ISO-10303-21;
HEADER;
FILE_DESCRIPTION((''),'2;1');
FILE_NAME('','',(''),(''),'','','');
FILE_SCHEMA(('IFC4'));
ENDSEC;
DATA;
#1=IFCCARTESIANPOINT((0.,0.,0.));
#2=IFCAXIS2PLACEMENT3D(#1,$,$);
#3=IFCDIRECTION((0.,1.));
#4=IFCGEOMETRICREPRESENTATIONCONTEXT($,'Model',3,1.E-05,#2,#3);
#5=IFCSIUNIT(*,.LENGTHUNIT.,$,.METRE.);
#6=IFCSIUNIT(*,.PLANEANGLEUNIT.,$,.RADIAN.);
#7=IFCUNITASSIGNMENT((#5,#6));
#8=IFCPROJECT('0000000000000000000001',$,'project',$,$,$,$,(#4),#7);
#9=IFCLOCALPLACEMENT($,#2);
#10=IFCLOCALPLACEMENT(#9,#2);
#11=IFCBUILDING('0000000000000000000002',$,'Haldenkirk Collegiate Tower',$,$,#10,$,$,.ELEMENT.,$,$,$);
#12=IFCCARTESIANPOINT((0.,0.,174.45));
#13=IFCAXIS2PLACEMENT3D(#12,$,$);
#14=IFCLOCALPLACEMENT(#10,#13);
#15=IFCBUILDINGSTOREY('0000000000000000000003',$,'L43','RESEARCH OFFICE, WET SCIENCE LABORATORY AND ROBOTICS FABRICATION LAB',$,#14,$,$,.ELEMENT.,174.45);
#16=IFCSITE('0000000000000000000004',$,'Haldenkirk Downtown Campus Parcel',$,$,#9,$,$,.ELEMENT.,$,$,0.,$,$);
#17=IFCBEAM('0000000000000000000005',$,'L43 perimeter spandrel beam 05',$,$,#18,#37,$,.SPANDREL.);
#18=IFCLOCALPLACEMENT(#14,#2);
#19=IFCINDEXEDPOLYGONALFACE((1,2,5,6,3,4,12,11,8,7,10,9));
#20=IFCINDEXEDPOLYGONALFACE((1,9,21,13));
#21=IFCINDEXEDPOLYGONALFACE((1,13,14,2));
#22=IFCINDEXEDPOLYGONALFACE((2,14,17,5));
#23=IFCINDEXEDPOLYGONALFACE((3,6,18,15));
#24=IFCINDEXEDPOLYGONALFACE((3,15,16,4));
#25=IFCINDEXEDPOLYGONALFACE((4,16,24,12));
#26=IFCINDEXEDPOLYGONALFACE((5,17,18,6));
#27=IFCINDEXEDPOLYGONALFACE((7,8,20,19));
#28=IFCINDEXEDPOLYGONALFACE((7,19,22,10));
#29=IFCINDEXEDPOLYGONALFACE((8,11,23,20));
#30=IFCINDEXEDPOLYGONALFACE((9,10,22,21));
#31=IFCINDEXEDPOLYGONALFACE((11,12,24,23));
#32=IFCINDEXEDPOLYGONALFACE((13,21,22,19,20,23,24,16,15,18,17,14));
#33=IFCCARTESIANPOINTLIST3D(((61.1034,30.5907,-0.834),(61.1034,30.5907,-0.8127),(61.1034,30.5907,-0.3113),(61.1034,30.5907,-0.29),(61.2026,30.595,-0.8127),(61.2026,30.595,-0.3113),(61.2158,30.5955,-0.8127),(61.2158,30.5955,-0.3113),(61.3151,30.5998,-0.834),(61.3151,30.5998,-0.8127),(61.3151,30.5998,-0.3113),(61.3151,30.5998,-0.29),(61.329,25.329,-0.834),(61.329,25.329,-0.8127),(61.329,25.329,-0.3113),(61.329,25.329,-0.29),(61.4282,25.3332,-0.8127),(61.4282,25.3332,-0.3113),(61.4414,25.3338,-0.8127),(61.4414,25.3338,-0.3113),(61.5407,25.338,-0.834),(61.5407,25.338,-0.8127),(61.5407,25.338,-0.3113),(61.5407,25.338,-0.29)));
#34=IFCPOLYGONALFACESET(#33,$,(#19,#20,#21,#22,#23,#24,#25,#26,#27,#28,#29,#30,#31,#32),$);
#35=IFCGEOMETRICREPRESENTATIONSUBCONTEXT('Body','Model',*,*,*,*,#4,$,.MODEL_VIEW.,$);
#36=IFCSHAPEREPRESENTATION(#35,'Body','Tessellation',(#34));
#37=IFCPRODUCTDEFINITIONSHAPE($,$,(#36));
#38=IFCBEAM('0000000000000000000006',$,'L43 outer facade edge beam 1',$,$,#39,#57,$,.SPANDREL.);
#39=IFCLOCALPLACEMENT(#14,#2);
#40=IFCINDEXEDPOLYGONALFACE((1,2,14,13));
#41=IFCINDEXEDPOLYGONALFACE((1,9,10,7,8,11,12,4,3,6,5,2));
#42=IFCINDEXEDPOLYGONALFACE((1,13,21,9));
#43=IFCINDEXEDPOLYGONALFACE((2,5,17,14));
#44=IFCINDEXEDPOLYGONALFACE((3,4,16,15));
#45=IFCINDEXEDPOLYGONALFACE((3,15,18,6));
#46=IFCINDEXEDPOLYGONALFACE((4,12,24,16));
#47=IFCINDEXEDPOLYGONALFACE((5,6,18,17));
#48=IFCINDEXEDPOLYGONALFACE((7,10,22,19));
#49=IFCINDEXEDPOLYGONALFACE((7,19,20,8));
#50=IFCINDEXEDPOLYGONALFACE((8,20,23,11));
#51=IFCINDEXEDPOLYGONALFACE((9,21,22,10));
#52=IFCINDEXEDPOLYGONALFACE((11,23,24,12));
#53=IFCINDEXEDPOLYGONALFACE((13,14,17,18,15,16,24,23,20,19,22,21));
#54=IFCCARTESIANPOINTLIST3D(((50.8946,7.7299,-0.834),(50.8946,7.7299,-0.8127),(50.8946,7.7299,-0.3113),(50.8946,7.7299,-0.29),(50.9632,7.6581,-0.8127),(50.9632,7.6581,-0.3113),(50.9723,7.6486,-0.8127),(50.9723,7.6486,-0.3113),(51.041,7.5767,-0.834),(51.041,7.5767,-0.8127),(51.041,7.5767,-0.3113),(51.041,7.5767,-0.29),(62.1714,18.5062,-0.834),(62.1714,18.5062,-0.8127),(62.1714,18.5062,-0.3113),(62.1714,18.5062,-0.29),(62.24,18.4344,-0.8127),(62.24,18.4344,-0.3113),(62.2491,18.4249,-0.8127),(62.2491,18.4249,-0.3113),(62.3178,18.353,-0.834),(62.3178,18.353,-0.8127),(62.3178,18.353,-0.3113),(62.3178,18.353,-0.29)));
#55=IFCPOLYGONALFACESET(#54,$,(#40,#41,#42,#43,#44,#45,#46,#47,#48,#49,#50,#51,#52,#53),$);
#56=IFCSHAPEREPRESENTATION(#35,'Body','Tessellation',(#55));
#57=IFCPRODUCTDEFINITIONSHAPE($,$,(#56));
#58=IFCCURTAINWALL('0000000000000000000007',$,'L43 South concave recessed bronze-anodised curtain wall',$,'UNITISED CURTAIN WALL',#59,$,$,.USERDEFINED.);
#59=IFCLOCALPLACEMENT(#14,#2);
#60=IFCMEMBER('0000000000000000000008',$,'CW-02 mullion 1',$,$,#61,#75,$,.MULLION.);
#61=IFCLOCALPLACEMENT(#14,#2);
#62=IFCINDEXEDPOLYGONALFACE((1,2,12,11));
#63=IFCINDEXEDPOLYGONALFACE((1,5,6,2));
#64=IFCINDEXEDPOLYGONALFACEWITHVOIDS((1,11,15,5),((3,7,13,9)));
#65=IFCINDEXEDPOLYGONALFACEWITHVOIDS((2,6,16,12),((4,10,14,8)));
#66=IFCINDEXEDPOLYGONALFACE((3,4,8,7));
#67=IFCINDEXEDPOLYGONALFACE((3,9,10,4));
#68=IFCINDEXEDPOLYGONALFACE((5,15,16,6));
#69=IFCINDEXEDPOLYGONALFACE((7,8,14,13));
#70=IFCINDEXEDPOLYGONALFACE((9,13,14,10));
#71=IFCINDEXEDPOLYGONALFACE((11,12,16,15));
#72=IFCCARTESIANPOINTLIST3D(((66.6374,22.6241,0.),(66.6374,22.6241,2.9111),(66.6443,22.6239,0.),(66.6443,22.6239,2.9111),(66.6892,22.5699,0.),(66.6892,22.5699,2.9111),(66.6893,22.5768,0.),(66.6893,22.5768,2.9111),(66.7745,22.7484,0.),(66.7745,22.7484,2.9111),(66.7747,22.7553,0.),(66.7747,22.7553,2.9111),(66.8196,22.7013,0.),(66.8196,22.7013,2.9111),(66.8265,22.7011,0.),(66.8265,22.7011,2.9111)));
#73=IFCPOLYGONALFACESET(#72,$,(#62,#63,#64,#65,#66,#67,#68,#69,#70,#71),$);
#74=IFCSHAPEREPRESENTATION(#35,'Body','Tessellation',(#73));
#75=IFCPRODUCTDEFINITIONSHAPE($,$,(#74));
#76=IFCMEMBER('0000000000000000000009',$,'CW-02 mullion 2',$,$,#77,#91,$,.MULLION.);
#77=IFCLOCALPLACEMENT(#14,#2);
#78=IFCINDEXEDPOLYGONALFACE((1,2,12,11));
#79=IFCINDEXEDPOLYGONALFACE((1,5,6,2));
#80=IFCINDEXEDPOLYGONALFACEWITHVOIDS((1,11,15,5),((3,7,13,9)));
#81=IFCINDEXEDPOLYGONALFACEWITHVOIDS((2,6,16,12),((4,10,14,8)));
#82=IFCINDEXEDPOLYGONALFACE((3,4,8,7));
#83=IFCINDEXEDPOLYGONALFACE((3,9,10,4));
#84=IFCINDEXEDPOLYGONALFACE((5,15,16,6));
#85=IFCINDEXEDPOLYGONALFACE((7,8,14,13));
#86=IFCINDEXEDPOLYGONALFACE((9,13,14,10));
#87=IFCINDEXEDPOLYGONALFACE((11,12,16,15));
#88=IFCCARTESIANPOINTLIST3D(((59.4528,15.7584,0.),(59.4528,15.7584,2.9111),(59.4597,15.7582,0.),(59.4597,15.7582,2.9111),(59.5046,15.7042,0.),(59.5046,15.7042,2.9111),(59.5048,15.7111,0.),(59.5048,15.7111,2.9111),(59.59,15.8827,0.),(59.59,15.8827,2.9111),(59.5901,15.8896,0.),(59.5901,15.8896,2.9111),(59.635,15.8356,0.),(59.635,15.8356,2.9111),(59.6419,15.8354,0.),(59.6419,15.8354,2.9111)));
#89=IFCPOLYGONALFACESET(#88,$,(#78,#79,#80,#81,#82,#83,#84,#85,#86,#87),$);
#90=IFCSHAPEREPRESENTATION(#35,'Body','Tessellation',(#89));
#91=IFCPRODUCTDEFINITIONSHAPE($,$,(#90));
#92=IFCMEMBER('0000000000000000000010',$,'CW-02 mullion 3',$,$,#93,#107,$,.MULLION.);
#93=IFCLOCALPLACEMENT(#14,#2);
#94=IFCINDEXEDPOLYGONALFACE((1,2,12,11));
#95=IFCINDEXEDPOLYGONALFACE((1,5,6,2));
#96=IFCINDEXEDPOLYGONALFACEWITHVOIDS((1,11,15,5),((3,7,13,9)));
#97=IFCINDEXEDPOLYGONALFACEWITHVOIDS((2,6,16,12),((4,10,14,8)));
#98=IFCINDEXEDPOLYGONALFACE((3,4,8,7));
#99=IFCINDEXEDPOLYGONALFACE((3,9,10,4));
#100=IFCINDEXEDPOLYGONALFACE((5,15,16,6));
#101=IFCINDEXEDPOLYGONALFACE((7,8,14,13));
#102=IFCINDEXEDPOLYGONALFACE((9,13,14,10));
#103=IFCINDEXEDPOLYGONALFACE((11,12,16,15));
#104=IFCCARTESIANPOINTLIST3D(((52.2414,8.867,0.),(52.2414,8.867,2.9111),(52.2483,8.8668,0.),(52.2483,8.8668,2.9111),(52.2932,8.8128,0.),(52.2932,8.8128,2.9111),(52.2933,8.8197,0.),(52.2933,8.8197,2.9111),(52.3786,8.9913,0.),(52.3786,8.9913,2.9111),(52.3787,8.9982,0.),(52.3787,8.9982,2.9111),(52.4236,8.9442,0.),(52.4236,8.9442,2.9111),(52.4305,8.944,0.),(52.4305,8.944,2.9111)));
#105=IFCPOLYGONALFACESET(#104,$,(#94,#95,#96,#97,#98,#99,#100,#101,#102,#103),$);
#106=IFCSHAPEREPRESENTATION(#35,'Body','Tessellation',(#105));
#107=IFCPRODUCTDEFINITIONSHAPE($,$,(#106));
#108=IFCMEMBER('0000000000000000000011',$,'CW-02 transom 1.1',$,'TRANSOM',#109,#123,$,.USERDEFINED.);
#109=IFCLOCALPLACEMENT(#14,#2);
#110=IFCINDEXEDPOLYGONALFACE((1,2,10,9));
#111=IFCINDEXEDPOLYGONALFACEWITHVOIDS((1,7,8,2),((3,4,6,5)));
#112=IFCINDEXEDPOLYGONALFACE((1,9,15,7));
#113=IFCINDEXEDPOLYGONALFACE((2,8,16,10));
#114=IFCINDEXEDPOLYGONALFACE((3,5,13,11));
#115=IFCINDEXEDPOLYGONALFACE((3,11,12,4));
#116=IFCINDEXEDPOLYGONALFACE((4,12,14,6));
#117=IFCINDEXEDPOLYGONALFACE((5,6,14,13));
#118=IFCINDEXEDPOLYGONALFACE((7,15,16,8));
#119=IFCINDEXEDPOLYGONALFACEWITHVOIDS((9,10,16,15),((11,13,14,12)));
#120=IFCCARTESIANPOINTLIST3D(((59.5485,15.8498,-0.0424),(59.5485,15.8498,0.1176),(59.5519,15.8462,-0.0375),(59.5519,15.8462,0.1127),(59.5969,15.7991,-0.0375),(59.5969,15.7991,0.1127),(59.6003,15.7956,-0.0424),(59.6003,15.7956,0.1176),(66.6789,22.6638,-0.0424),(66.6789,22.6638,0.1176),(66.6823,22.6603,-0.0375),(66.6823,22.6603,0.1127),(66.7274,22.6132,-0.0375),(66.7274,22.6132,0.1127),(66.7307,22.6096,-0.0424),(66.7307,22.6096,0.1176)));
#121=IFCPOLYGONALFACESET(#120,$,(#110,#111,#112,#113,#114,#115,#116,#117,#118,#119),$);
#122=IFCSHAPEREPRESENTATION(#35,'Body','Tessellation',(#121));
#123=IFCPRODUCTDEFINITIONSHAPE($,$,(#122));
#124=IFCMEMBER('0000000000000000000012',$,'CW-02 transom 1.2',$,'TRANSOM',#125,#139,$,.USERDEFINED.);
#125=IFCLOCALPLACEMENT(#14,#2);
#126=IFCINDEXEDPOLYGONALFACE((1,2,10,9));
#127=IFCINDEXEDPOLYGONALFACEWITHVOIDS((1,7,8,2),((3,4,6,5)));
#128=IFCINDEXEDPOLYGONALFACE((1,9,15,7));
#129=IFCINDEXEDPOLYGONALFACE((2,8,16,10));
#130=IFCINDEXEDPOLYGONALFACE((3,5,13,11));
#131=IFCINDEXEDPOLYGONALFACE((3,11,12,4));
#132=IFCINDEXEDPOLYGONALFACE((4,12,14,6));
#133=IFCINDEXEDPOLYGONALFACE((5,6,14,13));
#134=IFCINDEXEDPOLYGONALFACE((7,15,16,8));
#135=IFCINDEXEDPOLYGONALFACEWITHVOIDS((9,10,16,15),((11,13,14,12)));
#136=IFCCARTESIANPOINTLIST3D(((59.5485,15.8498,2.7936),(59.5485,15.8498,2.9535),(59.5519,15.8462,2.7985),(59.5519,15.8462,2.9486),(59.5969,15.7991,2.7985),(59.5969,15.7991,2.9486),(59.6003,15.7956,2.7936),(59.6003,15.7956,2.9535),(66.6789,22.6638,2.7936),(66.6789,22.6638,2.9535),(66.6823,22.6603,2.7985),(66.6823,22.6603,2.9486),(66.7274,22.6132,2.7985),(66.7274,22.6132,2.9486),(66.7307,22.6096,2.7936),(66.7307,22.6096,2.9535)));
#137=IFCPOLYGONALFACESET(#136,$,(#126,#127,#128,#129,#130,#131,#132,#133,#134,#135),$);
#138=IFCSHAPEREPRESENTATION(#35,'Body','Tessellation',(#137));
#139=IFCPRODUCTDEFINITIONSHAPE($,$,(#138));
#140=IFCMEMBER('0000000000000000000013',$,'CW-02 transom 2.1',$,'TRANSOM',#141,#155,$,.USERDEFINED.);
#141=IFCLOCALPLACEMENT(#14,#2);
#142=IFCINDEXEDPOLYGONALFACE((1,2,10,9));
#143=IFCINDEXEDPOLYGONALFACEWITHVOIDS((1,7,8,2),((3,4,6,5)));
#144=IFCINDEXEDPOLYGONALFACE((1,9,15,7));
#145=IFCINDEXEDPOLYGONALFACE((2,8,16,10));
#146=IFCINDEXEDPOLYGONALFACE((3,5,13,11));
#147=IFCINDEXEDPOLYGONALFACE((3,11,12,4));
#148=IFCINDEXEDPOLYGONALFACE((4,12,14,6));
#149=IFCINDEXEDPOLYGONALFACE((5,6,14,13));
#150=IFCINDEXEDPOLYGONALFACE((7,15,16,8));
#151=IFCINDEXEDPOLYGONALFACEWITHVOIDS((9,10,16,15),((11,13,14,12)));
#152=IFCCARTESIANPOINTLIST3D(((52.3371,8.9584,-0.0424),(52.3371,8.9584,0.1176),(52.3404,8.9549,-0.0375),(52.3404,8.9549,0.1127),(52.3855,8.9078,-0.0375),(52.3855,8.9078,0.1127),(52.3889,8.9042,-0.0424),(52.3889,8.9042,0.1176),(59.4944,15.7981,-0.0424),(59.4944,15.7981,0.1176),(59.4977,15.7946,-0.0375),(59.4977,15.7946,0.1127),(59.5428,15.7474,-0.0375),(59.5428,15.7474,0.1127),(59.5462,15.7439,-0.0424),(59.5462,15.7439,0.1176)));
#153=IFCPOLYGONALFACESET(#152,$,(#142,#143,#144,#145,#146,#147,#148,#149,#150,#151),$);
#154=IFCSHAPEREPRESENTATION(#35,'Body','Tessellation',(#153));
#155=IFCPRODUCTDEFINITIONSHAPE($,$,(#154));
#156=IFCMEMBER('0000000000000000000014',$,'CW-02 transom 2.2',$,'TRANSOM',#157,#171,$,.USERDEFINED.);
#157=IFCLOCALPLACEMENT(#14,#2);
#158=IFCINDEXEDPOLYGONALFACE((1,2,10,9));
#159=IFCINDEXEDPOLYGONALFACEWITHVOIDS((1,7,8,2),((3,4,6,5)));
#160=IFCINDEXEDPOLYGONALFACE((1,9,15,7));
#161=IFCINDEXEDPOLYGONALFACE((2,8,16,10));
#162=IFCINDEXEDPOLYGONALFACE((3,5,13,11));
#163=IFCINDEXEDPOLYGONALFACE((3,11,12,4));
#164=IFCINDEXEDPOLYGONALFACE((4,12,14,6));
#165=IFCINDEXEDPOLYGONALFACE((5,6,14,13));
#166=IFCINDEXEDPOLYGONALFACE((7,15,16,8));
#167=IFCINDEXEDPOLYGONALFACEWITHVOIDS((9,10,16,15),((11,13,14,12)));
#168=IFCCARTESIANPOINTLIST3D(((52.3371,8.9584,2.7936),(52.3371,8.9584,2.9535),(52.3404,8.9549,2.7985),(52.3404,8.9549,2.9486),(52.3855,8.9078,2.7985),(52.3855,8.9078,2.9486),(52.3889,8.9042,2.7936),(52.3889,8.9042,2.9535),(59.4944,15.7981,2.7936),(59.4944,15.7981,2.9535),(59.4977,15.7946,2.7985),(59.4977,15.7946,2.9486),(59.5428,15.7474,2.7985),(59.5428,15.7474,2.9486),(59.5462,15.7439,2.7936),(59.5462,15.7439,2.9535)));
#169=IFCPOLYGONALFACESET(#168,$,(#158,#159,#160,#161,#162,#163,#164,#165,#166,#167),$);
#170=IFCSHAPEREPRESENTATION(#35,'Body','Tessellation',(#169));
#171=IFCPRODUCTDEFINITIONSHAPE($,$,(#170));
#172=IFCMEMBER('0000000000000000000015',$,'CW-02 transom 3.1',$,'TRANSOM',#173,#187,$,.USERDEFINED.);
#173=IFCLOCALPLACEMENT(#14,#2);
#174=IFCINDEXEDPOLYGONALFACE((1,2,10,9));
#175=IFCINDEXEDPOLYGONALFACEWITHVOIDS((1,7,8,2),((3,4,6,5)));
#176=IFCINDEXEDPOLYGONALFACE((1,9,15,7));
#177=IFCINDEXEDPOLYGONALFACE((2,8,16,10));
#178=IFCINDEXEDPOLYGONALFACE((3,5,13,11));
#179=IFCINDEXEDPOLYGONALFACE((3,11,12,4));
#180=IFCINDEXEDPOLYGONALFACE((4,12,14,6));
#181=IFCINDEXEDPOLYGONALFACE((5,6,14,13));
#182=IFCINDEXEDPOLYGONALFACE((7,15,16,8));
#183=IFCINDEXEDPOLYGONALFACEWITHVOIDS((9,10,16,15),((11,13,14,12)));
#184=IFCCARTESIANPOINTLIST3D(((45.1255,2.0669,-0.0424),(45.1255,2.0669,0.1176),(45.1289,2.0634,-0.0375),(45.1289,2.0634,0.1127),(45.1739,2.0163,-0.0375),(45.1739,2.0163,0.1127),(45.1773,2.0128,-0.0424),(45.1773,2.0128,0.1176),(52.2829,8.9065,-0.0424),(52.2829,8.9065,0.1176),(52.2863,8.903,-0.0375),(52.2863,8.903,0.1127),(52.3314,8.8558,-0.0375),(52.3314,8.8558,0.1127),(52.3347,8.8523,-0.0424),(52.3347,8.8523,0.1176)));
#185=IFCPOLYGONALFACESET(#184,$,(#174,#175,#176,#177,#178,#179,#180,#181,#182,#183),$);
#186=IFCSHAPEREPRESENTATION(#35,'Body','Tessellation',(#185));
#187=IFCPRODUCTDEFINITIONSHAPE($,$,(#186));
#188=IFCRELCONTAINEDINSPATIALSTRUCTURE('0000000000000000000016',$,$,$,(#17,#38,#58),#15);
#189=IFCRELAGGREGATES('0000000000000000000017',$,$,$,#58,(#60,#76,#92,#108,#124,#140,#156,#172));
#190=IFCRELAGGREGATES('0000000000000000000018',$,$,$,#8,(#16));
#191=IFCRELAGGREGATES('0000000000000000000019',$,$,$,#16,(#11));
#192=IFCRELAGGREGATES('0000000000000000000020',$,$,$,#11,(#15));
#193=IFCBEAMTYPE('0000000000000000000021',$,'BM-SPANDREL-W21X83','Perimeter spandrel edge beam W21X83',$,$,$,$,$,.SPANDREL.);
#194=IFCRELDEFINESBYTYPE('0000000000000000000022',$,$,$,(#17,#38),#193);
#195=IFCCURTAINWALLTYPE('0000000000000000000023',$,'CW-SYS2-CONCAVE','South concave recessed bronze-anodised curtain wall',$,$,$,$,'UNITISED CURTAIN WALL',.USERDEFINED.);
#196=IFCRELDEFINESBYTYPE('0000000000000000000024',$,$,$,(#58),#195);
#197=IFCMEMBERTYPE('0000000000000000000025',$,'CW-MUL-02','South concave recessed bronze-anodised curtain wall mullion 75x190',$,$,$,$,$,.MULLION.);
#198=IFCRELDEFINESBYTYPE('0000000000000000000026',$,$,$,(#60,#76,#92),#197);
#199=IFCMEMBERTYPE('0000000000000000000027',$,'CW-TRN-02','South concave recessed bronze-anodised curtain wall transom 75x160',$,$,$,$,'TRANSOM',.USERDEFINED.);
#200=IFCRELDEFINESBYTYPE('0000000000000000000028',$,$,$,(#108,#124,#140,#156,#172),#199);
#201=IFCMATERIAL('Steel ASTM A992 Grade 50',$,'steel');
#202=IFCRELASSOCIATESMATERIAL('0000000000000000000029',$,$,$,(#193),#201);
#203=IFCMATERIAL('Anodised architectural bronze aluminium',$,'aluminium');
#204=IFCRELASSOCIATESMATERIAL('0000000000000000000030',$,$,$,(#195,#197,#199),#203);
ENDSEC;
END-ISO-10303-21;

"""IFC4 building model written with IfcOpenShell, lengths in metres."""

from ifc_helpers import new_model, si_unit, direction, frame, origin, origin_2d, place, context, subcontext, project, spatial, hollow_rectangle, i_section, extrude, material, material_profile, profile_set, type_object, element, aggregate, save


model = new_model("IFC4")

# Units and contexts
model_context = context("Model", 3, precision=1e-05, world=origin(), true_north=direction((0.0, 1.0)))
body_context = subcontext(model_context, "Body", "Model", "MODEL_VIEW")
ifc_project = project(units=[si_unit("LENGTHUNIT", "METRE"), si_unit("PLANEANGLEUNIT", "RADIAN")], contexts=[model_context])

# Site, building, storey
site_placement = place(None, origin())
site = spatial("IfcSite", under=ifc_project, at=site_placement, Name="Haldenkirk Downtown Campus Parcel", CompositionType="ELEMENT", RefElevation=0.0)
building_placement = place(site_placement, origin())
building = spatial("IfcBuilding", under=site, at=building_placement, Name="Haldenkirk Collegiate Tower", CompositionType="ELEMENT")
storey_placement = place(building_placement, frame((0.0, 0.0, 174.45)))
storey = spatial("IfcBuildingStorey", under=building, at=storey_placement, Name="L43", Description="RESEARCH OFFICE, WET SCIENCE LABORATORY AND ROBOTICS FABRICATION LAB", CompositionType="ELEMENT", Elevation=174.45)

# Beams
ifc_material_1 = material(Name="Steel ASTM A992 Grade 50", Category="steel")
ifc_material_profile_1 = material_profile(ifc_material_1, i_section(OverallWidth=0.2119, OverallDepth=0.5439, WebThickness=0.0132, FlangeThickness=0.0212, at=origin_2d()), Name="W21X83")
ifc_profile_set_1 = profile_set([ifc_material_profile_1], Name="Steel ASTM A992 Grade 50")
beam_type_1 = type_object("IfcBeamType", Name="BM-SPANDREL-W21X83", Description="Perimeter spandrel edge beam W21X83", PredefinedType="SPANDREL", material=ifc_profile_set_1)
beam_1_placement = place(storey_placement, frame((61.4348, 25.3335, -0.562), z_axis=(-0.042834, 0.999082, 0.0), x_axis=(-0.999082, -0.042834, 0.0)))
element("IfcBeam", 1, at=beam_1_placement, inside=storey, type_object=beam_type_1, Name="L43 perimeter spandrel beam 05", PredefinedType="SPANDREL", context=body_context, shape_type="SweptSolid", body=[
    extrude(i_section(OverallWidth=0.2119, OverallDepth=0.5439, WebThickness=0.0132, FlangeThickness=0.0212, at=origin_2d()), origin(), (0.0, 0.0, 1.0), 5.2666),
])
beam_2_placement = place(storey_placement, frame((50.9678, 7.6533, -0.562), z_axis=(0.722968, 0.690881, 0.0), x_axis=(-0.690881, 0.722968, 0.0)))
element("IfcBeam", 2, at=beam_2_placement, inside=storey, type_object=beam_type_1, Name="L43 outer facade edge beam 1", PredefinedType="SPANDREL", context=body_context, shape_type="SweptSolid", body=[
    extrude(i_section(OverallWidth=0.2119, OverallDepth=0.5439, WebThickness=0.0132, FlangeThickness=0.0212, at=origin_2d()), origin(), (0.0, 0.0, 1.0), 15.5979),
])

# Curtain wall, members
ifc_material_2 = material(Name="Anodised architectural bronze aluminium", Category="aluminium")
curtain_wall_type = type_object("IfcCurtainWallType", Name="CW-SYS2-CONCAVE", Description="South concave recessed bronze-anodised curtain wall", ElementType="UNITISED CURTAIN WALL", PredefinedType="USERDEFINED", material=ifc_material_2)
curtain_wall_placement = place(storey_placement, origin())
curtain_wall = element("IfcCurtainWall", 3, at=curtain_wall_placement, inside=storey, type_object=curtain_wall_type, Name="L43 South concave recessed bronze-anodised curtain wall", ObjectType="UNITISED CURTAIN WALL", PredefinedType="USERDEFINED")
ifc_material_profile_2 = material_profile(ifc_material_2, hollow_rectangle(XDim=0.075, YDim=0.1899, WallThickness=0.0049, at=origin_2d()), Name="CW-MUL-02")
ifc_profile_set_2 = profile_set([ifc_material_profile_2], Name="Anodised architectural bronze aluminium")
member_type_1 = type_object("IfcMemberType", Name="CW-MUL-02", Description="South concave recessed bronze-anodised curtain wall mullion 75x190", PredefinedType="MULLION", material=ifc_profile_set_2)
member_1_placement = place(storey_placement, frame((66.7319, 22.6626, 0.0), z_axis=(0.0, 0.0, 1.0), x_axis=(0.690883, -0.722966, 0.0)))
member_1 = element("IfcMember", 4, at=member_1_placement, type_object=member_type_1, Name="CW-02 mullion 1", PredefinedType="MULLION", context=body_context, shape_type="SweptSolid", body=[
    extrude(hollow_rectangle(XDim=0.075, YDim=0.1899, WallThickness=0.0049, at=origin_2d()), origin(), (0.0, 0.0, 1.0), 2.9111),
])
member_2_placement = place(storey_placement, frame((59.5474, 15.7969, 0.0), z_axis=(0.0, 0.0, 1.0), x_axis=(0.690883, -0.722966, 0.0)))
member_2 = element("IfcMember", 5, at=member_2_placement, type_object=member_type_1, Name="CW-02 mullion 2", PredefinedType="MULLION", context=body_context, shape_type="SweptSolid", body=[
    extrude(hollow_rectangle(XDim=0.075, YDim=0.1899, WallThickness=0.0049, at=origin_2d()), origin(), (0.0, 0.0, 1.0), 2.9111),
])
member_3_placement = place(storey_placement, frame((52.3359, 8.9055, 0.0), z_axis=(0.0, 0.0, 1.0), x_axis=(0.690883, -0.722966, 0.0)))
member_3 = element("IfcMember", 6, at=member_3_placement, type_object=member_type_1, Name="CW-02 mullion 3", PredefinedType="MULLION", context=body_context, shape_type="SweptSolid", body=[
    extrude(hollow_rectangle(XDim=0.075, YDim=0.1899, WallThickness=0.0049, at=origin_2d()), origin(), (0.0, 0.0, 1.0), 2.9111),
])
ifc_material_profile_3 = material_profile(ifc_material_2, hollow_rectangle(XDim=0.075, YDim=0.1599, WallThickness=0.0049, at=origin_2d()), Name="CW-TRN-02")
ifc_profile_set_3 = profile_set([ifc_material_profile_3], Name="Anodised architectural bronze aluminium")
member_type_2 = type_object("IfcMemberType", Name="CW-TRN-02", Description="South concave recessed bronze-anodised curtain wall transom 75x160", ElementType="TRANSOM", PredefinedType="USERDEFINED", material=ifc_profile_set_3)
member_4_placement = place(storey_placement, frame((66.7048, 22.6367, 0.0376), z_axis=(-0.722965, -0.690884, 0.0), x_axis=(0.690884, -0.722965, 0.0)))
member_4 = element("IfcMember", 7, at=member_4_placement, type_object=member_type_2, Name="CW-02 transom 1.1", ObjectType="TRANSOM", PredefinedType="USERDEFINED", context=body_context, shape_type="SweptSolid", body=[
    extrude(hollow_rectangle(XDim=0.075, YDim=0.1599, WallThickness=0.0049, at=origin_2d()), origin(), (0.0, 0.0, 1.0), 9.8628),
])
member_5_placement = place(storey_placement, frame((66.7048, 22.6367, 2.8735), z_axis=(-0.722965, -0.690884, 0.0), x_axis=(0.690884, -0.722965, 0.0)))
member_5 = element("IfcMember", 8, at=member_5_placement, type_object=member_type_2, Name="CW-02 transom 1.2", ObjectType="TRANSOM", PredefinedType="USERDEFINED", context=body_context, shape_type="SweptSolid", body=[
    extrude(hollow_rectangle(XDim=0.075, YDim=0.1599, WallThickness=0.0049, at=origin_2d()), origin(), (0.0, 0.0, 1.0), 9.8628),
])
member_6_placement = place(storey_placement, frame((59.5203, 15.771, 0.0376), z_axis=(-0.722967, -0.690883, 0.0), x_axis=(0.690883, -0.722967, 0.0)))
member_6 = element("IfcMember", 9, at=member_6_placement, type_object=member_type_2, Name="CW-02 transom 2.1", ObjectType="TRANSOM", PredefinedType="USERDEFINED", context=body_context, shape_type="SweptSolid", body=[
    extrude(hollow_rectangle(XDim=0.075, YDim=0.1599, WallThickness=0.0049, at=origin_2d()), origin(), (0.0, 0.0, 1.0), 9.8999),
])
member_7_placement = place(storey_placement, frame((59.5203, 15.771, 2.8735), z_axis=(-0.722967, -0.690883, 0.0), x_axis=(0.690883, -0.722967, 0.0)))
member_7 = element("IfcMember", 10, at=member_7_placement, type_object=member_type_2, Name="CW-02 transom 2.2", ObjectType="TRANSOM", PredefinedType="USERDEFINED", context=body_context, shape_type="SweptSolid", body=[
    extrude(hollow_rectangle(XDim=0.075, YDim=0.1599, WallThickness=0.0049, at=origin_2d()), origin(), (0.0, 0.0, 1.0), 9.8999),
])
member_8_placement = place(storey_placement, frame((52.3088, 8.8794, 0.0376), z_axis=(-0.722979, -0.69087, 0.0), x_axis=(0.69087, -0.722979, 0.0)))
member_8 = element("IfcMember", 11, at=member_8_placement, type_object=member_type_2, Name="CW-02 transom 3.1", ObjectType="TRANSOM", PredefinedType="USERDEFINED", context=body_context, shape_type="SweptSolid", body=[
    extrude(hollow_rectangle(XDim=0.075, YDim=0.1599, WallThickness=0.0049, at=origin_2d()), origin(), (0.0, 0.0, 1.0), 9.8999),
])
aggregate(curtain_wall, [member_1, member_2, member_3, member_4, member_5, member_6, member_7, member_8])

save(model, "model.ifc")
